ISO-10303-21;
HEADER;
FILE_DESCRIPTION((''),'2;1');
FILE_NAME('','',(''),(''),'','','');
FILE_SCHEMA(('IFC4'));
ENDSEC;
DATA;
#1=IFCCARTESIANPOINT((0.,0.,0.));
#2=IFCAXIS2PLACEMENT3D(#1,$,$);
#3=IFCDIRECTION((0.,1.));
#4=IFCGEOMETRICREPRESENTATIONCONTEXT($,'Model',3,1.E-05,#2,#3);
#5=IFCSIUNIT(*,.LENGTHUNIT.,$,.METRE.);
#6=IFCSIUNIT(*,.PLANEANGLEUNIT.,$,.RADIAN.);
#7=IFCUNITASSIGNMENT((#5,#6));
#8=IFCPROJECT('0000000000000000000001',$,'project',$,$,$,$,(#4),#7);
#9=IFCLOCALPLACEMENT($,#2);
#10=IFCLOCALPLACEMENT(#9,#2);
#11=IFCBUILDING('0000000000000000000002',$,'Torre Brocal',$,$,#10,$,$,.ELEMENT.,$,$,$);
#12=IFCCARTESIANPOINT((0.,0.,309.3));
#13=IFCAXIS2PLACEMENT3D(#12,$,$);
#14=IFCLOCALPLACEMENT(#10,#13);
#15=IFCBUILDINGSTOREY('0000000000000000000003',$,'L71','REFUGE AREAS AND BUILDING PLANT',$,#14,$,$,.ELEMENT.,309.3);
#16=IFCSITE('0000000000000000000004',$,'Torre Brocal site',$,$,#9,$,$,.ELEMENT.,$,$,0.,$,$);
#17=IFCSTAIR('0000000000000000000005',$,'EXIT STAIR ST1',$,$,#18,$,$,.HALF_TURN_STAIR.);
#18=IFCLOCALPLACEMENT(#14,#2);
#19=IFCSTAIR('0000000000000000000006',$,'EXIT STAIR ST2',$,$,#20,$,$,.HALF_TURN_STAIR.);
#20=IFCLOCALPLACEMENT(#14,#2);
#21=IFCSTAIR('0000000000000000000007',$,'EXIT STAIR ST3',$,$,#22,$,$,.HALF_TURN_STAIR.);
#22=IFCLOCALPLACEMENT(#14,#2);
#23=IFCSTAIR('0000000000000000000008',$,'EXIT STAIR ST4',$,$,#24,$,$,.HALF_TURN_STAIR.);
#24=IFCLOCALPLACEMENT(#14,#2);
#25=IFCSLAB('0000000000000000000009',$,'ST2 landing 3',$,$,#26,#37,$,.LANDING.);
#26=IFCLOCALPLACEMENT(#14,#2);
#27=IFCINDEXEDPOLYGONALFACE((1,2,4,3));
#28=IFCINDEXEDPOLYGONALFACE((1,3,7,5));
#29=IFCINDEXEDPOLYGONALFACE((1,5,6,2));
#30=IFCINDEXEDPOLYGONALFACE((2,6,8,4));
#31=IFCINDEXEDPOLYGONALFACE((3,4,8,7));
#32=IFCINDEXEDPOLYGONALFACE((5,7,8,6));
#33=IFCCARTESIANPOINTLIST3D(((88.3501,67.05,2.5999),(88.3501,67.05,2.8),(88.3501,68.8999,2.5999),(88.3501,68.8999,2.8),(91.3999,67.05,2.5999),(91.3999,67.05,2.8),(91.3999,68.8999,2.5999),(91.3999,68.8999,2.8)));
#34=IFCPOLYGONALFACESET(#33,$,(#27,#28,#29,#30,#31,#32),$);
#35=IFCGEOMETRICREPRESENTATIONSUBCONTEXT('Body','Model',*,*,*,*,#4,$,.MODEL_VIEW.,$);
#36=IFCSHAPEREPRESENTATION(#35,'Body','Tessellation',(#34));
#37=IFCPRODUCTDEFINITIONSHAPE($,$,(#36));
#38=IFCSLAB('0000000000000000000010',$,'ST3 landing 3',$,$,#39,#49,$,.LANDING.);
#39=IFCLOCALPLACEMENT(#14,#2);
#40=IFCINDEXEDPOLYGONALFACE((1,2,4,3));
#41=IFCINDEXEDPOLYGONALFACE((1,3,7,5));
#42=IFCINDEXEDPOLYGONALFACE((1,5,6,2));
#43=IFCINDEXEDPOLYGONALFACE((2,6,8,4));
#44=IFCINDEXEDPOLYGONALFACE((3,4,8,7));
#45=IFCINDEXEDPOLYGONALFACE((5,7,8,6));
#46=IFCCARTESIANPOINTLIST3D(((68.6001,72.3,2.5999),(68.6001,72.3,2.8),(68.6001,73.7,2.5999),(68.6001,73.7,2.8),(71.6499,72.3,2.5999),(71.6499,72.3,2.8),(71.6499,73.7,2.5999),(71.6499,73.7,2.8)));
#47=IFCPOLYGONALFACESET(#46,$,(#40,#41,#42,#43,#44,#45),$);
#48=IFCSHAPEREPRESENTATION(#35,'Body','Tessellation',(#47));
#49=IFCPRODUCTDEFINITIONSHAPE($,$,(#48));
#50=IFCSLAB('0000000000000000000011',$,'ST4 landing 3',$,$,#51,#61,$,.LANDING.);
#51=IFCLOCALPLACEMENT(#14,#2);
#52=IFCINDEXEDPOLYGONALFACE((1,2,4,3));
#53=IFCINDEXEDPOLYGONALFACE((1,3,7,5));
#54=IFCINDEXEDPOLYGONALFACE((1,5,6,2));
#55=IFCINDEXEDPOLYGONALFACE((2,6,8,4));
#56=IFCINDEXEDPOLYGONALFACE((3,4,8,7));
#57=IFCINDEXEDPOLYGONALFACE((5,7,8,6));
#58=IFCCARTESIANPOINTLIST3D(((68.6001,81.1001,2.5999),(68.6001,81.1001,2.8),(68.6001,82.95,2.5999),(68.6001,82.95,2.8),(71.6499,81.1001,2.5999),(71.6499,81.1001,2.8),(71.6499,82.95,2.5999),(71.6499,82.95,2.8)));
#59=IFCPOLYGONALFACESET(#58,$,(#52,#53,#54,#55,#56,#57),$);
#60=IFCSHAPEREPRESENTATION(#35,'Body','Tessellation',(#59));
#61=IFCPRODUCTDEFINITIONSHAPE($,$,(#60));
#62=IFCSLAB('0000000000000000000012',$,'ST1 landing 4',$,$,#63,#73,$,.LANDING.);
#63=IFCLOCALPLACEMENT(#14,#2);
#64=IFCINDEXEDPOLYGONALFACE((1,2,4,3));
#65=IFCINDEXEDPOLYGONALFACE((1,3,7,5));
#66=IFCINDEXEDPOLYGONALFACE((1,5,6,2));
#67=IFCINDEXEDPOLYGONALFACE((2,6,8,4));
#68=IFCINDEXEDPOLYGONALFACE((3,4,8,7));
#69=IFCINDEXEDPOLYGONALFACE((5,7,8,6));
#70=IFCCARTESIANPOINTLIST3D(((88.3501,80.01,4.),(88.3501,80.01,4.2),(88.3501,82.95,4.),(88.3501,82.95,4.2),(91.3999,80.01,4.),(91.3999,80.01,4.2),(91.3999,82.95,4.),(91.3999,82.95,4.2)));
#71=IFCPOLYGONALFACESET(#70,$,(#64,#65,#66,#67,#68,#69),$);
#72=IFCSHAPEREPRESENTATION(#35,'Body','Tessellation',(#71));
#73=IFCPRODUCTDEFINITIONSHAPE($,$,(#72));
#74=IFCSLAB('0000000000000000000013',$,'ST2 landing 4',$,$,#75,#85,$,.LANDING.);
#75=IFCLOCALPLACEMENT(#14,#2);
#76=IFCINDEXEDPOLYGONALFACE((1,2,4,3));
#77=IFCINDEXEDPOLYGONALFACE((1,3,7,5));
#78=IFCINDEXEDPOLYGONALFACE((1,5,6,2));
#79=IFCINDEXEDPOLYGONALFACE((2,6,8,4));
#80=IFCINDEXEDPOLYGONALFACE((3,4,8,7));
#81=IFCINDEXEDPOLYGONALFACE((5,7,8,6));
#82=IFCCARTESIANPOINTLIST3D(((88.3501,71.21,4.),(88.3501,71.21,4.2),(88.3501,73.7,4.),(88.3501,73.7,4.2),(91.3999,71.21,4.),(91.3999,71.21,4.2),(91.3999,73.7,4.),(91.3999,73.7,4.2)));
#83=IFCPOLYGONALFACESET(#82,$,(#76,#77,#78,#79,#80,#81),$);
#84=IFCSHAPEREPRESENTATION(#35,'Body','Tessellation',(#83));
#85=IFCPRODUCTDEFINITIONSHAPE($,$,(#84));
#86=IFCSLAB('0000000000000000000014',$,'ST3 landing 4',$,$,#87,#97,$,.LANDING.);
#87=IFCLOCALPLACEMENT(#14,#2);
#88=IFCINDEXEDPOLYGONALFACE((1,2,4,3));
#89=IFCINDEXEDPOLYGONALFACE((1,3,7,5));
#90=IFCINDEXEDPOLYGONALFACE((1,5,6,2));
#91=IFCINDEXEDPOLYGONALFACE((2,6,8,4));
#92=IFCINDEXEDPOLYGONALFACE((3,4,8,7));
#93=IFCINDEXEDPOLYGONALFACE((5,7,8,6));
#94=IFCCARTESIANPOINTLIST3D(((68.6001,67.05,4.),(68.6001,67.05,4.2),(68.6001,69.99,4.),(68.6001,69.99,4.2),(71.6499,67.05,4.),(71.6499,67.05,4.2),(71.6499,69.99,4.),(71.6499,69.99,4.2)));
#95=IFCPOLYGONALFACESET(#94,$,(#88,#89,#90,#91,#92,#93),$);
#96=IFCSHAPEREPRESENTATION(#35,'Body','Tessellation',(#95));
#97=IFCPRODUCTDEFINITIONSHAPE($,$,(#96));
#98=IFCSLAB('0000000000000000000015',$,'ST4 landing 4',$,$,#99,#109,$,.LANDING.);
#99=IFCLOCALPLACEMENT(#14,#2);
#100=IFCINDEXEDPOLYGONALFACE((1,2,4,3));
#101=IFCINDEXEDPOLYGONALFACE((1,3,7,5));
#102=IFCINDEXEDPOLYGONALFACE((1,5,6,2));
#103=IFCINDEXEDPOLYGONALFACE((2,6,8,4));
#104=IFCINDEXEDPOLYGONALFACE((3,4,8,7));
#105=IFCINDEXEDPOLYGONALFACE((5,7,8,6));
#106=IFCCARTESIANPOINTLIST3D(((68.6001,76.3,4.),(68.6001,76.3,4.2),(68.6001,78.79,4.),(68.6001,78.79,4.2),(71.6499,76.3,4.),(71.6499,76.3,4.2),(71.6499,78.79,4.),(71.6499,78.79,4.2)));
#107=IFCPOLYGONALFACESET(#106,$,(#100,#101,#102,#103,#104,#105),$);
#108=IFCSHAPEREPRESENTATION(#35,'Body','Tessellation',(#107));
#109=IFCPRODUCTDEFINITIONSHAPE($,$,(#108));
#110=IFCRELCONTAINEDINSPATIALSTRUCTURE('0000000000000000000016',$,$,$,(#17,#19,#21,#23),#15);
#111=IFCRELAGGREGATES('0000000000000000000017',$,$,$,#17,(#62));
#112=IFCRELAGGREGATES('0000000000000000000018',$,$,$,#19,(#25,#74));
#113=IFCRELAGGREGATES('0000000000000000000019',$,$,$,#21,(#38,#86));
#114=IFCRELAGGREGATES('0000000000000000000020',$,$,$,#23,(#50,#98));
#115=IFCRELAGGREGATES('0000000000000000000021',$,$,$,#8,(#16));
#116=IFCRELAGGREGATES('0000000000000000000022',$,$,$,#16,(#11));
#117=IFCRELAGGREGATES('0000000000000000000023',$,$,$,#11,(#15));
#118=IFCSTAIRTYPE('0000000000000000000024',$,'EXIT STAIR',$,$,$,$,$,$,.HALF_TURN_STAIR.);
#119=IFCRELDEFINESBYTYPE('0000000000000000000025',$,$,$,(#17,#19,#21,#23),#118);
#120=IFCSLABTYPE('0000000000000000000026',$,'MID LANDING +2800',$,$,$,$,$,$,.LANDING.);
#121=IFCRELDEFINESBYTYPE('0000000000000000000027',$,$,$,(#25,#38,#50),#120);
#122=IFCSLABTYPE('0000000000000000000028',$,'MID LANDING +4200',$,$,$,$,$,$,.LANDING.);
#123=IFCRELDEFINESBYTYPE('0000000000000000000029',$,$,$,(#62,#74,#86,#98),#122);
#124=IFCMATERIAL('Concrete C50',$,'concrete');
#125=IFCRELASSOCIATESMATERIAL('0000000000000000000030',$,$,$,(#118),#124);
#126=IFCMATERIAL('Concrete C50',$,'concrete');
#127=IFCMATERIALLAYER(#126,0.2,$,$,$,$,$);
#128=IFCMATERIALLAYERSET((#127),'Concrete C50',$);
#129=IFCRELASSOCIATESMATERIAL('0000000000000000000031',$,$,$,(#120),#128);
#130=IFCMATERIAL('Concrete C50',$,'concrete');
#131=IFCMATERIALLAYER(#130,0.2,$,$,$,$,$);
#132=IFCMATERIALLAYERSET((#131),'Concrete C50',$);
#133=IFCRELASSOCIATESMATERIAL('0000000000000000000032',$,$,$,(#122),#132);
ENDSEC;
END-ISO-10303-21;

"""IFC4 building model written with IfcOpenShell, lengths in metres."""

from ifc_helpers import new_model, si_unit, direction, frame, origin, place, context, subcontext, project, spatial, polyline, outline, extrude, material, layer, layer_set, type_object, element, aggregate, save


model = new_model("IFC4")

# Units and contexts
model_context = context("Model", 3, precision=1e-05, world=origin(), true_north=direction((0.0, 1.0)))
body_context = subcontext(model_context, "Body", "Model", "MODEL_VIEW")
ifc_project = project(units=[si_unit("LENGTHUNIT", "METRE"), si_unit("PLANEANGLEUNIT", "RADIAN")], contexts=[model_context])

# Site, building, storey
site_placement = place(None, origin())
site = spatial("IfcSite", under=ifc_project, at=site_placement, Name="Torre Brocal site", CompositionType="ELEMENT", RefElevation=0.0)
building_placement = place(site_placement, origin())
building = spatial("IfcBuilding", under=site, at=building_placement, Name="Torre Brocal", CompositionType="ELEMENT")
storey_placement = place(building_placement, frame((0.0, 0.0, 309.3)))
storey = spatial("IfcBuildingStorey", under=building, at=storey_placement, Name="L71", Description="REFUGE AREAS AND BUILDING PLANT", CompositionType="ELEMENT", Elevation=309.3)

# Stairs
ifc_material_1 = material(Name="Concrete C50", Category="concrete")
stair_type = type_object("IfcStairType", Name="EXIT STAIR", PredefinedType="HALF_TURN_STAIR", material=ifc_material_1)
stair_1_placement = place(storey_placement, origin())
stair_1 = element("IfcStair", 1, at=stair_1_placement, inside=storey, type_object=stair_type, Name="EXIT STAIR ST1", PredefinedType="HALF_TURN_STAIR")
stair_2_placement = place(storey_placement, origin())
stair_2 = element("IfcStair", 2, at=stair_2_placement, inside=storey, type_object=stair_type, Name="EXIT STAIR ST2", PredefinedType="HALF_TURN_STAIR")
stair_3_placement = place(storey_placement, origin())
stair_3 = element("IfcStair", 3, at=stair_3_placement, inside=storey, type_object=stair_type, Name="EXIT STAIR ST3", PredefinedType="HALF_TURN_STAIR")
stair_4_placement = place(storey_placement, origin())
stair_4 = element("IfcStair", 4, at=stair_4_placement, inside=storey, type_object=stair_type, Name="EXIT STAIR ST4", PredefinedType="HALF_TURN_STAIR")

# Slabs
ifc_material_2 = material(Name="Concrete C50", Category="concrete")
ifc_layer_1 = layer(ifc_material_2, 0.2)
ifc_layer_set_1 = layer_set([ifc_layer_1], Name="Concrete C50")
slab_type_1 = type_object("IfcSlabType", Name="MID LANDING +2800", PredefinedType="LANDING", material=ifc_layer_set_1)
slab_1_placement = place(storey_placement, frame((0.0, 0.0, 2.5999)))
slab_1 = element("IfcSlab", 5, at=slab_1_placement, type_object=slab_type_1, Name="ST2 landing 3", PredefinedType="LANDING", context=body_context, shape_type="SweptSolid", body=[
    extrude(outline(polyline([(88.3501, 67.05), (91.3999, 67.05), (91.3999, 68.8999), (88.3501, 68.8999), (88.3501, 67.05)])), origin(), (0.0, 0.0, 1.0), 0.2002),
])
slab_2_placement = place(storey_placement, frame((0.0, 0.0, 2.5999)))
slab_2 = element("IfcSlab", 6, at=slab_2_placement, type_object=slab_type_1, Name="ST3 landing 3", PredefinedType="LANDING", context=body_context, shape_type="SweptSolid", body=[
    extrude(outline(polyline([(71.6499, 73.7), (68.6001, 73.7), (68.6001, 72.3), (71.6499, 72.3), (71.6499, 73.7)])), origin(), (0.0, 0.0, 1.0), 0.2002),
])
slab_3_placement = place(storey_placement, frame((0.0, 0.0, 2.5999)))
slab_3 = element("IfcSlab", 7, at=slab_3_placement, type_object=slab_type_1, Name="ST4 landing 3", PredefinedType="LANDING", context=body_context, shape_type="SweptSolid", body=[
    extrude(outline(polyline([(71.6499, 82.95), (68.6001, 82.95), (68.6001, 81.1001), (71.6499, 81.1001), (71.6499, 82.95)])), origin(), (0.0, 0.0, 1.0), 0.2002),
])
ifc_material_3 = material(Name="Concrete C50", Category="concrete")
ifc_layer_2 = layer(ifc_material_3, 0.2)
ifc_layer_set_2 = layer_set([ifc_layer_2], Name="Concrete C50")
slab_type_2 = type_object("IfcSlabType", Name="MID LANDING +4200", PredefinedType="LANDING", material=ifc_layer_set_2)
slab_4_placement = place(storey_placement, frame((0.0, 0.0, 4.0)))
slab_4 = element("IfcSlab", 8, at=slab_4_placement, type_object=slab_type_2, Name="ST1 landing 4", PredefinedType="LANDING", context=body_context, shape_type="SweptSolid", body=[
    extrude(outline(polyline([(88.3501, 80.01), (91.3999, 80.01), (91.3999, 82.95), (88.3501, 82.95), (88.3501, 80.01)])), origin(), (0.0, 0.0, 1.0), 0.2),
])
aggregate(stair_1, [slab_4])
slab_5_placement = place(storey_placement, frame((0.0, 0.0, 4.0)))
slab_5 = element("IfcSlab", 9, at=slab_5_placement, type_object=slab_type_2, Name="ST2 landing 4", PredefinedType="LANDING", context=body_context, shape_type="SweptSolid", body=[
    extrude(outline(polyline([(88.3501, 71.21), (91.3999, 71.21), (91.3999, 73.7), (88.3501, 73.7), (88.3501, 71.21)])), origin(), (0.0, 0.0, 1.0), 0.2),
])
aggregate(stair_2, [slab_1, slab_5])
slab_6_placement = place(storey_placement, frame((0.0, 0.0, 4.0)))
slab_6 = element("IfcSlab", 10, at=slab_6_placement, type_object=slab_type_2, Name="ST3 landing 4", PredefinedType="LANDING", context=body_context, shape_type="SweptSolid", body=[
    extrude(outline(polyline([(71.6499, 69.99), (68.6001, 69.99), (68.6001, 67.05), (71.6499, 67.05), (71.6499, 69.99)])), origin(), (0.0, 0.0, 1.0), 0.2),
])
aggregate(stair_3, [slab_2, slab_6])
slab_7_placement = place(storey_placement, frame((0.0, 0.0, 4.0)))
slab_7 = element("IfcSlab", 11, at=slab_7_placement, type_object=slab_type_2, Name="ST4 landing 4", PredefinedType="LANDING", context=body_context, shape_type="SweptSolid", body=[
    extrude(outline(polyline([(71.6499, 78.79), (68.6001, 78.79), (68.6001, 76.3), (71.6499, 76.3), (71.6499, 78.79)])), origin(), (0.0, 0.0, 1.0), 0.2),
])
aggregate(stair_4, [slab_3, slab_7])

save(model, "model.ifc")
